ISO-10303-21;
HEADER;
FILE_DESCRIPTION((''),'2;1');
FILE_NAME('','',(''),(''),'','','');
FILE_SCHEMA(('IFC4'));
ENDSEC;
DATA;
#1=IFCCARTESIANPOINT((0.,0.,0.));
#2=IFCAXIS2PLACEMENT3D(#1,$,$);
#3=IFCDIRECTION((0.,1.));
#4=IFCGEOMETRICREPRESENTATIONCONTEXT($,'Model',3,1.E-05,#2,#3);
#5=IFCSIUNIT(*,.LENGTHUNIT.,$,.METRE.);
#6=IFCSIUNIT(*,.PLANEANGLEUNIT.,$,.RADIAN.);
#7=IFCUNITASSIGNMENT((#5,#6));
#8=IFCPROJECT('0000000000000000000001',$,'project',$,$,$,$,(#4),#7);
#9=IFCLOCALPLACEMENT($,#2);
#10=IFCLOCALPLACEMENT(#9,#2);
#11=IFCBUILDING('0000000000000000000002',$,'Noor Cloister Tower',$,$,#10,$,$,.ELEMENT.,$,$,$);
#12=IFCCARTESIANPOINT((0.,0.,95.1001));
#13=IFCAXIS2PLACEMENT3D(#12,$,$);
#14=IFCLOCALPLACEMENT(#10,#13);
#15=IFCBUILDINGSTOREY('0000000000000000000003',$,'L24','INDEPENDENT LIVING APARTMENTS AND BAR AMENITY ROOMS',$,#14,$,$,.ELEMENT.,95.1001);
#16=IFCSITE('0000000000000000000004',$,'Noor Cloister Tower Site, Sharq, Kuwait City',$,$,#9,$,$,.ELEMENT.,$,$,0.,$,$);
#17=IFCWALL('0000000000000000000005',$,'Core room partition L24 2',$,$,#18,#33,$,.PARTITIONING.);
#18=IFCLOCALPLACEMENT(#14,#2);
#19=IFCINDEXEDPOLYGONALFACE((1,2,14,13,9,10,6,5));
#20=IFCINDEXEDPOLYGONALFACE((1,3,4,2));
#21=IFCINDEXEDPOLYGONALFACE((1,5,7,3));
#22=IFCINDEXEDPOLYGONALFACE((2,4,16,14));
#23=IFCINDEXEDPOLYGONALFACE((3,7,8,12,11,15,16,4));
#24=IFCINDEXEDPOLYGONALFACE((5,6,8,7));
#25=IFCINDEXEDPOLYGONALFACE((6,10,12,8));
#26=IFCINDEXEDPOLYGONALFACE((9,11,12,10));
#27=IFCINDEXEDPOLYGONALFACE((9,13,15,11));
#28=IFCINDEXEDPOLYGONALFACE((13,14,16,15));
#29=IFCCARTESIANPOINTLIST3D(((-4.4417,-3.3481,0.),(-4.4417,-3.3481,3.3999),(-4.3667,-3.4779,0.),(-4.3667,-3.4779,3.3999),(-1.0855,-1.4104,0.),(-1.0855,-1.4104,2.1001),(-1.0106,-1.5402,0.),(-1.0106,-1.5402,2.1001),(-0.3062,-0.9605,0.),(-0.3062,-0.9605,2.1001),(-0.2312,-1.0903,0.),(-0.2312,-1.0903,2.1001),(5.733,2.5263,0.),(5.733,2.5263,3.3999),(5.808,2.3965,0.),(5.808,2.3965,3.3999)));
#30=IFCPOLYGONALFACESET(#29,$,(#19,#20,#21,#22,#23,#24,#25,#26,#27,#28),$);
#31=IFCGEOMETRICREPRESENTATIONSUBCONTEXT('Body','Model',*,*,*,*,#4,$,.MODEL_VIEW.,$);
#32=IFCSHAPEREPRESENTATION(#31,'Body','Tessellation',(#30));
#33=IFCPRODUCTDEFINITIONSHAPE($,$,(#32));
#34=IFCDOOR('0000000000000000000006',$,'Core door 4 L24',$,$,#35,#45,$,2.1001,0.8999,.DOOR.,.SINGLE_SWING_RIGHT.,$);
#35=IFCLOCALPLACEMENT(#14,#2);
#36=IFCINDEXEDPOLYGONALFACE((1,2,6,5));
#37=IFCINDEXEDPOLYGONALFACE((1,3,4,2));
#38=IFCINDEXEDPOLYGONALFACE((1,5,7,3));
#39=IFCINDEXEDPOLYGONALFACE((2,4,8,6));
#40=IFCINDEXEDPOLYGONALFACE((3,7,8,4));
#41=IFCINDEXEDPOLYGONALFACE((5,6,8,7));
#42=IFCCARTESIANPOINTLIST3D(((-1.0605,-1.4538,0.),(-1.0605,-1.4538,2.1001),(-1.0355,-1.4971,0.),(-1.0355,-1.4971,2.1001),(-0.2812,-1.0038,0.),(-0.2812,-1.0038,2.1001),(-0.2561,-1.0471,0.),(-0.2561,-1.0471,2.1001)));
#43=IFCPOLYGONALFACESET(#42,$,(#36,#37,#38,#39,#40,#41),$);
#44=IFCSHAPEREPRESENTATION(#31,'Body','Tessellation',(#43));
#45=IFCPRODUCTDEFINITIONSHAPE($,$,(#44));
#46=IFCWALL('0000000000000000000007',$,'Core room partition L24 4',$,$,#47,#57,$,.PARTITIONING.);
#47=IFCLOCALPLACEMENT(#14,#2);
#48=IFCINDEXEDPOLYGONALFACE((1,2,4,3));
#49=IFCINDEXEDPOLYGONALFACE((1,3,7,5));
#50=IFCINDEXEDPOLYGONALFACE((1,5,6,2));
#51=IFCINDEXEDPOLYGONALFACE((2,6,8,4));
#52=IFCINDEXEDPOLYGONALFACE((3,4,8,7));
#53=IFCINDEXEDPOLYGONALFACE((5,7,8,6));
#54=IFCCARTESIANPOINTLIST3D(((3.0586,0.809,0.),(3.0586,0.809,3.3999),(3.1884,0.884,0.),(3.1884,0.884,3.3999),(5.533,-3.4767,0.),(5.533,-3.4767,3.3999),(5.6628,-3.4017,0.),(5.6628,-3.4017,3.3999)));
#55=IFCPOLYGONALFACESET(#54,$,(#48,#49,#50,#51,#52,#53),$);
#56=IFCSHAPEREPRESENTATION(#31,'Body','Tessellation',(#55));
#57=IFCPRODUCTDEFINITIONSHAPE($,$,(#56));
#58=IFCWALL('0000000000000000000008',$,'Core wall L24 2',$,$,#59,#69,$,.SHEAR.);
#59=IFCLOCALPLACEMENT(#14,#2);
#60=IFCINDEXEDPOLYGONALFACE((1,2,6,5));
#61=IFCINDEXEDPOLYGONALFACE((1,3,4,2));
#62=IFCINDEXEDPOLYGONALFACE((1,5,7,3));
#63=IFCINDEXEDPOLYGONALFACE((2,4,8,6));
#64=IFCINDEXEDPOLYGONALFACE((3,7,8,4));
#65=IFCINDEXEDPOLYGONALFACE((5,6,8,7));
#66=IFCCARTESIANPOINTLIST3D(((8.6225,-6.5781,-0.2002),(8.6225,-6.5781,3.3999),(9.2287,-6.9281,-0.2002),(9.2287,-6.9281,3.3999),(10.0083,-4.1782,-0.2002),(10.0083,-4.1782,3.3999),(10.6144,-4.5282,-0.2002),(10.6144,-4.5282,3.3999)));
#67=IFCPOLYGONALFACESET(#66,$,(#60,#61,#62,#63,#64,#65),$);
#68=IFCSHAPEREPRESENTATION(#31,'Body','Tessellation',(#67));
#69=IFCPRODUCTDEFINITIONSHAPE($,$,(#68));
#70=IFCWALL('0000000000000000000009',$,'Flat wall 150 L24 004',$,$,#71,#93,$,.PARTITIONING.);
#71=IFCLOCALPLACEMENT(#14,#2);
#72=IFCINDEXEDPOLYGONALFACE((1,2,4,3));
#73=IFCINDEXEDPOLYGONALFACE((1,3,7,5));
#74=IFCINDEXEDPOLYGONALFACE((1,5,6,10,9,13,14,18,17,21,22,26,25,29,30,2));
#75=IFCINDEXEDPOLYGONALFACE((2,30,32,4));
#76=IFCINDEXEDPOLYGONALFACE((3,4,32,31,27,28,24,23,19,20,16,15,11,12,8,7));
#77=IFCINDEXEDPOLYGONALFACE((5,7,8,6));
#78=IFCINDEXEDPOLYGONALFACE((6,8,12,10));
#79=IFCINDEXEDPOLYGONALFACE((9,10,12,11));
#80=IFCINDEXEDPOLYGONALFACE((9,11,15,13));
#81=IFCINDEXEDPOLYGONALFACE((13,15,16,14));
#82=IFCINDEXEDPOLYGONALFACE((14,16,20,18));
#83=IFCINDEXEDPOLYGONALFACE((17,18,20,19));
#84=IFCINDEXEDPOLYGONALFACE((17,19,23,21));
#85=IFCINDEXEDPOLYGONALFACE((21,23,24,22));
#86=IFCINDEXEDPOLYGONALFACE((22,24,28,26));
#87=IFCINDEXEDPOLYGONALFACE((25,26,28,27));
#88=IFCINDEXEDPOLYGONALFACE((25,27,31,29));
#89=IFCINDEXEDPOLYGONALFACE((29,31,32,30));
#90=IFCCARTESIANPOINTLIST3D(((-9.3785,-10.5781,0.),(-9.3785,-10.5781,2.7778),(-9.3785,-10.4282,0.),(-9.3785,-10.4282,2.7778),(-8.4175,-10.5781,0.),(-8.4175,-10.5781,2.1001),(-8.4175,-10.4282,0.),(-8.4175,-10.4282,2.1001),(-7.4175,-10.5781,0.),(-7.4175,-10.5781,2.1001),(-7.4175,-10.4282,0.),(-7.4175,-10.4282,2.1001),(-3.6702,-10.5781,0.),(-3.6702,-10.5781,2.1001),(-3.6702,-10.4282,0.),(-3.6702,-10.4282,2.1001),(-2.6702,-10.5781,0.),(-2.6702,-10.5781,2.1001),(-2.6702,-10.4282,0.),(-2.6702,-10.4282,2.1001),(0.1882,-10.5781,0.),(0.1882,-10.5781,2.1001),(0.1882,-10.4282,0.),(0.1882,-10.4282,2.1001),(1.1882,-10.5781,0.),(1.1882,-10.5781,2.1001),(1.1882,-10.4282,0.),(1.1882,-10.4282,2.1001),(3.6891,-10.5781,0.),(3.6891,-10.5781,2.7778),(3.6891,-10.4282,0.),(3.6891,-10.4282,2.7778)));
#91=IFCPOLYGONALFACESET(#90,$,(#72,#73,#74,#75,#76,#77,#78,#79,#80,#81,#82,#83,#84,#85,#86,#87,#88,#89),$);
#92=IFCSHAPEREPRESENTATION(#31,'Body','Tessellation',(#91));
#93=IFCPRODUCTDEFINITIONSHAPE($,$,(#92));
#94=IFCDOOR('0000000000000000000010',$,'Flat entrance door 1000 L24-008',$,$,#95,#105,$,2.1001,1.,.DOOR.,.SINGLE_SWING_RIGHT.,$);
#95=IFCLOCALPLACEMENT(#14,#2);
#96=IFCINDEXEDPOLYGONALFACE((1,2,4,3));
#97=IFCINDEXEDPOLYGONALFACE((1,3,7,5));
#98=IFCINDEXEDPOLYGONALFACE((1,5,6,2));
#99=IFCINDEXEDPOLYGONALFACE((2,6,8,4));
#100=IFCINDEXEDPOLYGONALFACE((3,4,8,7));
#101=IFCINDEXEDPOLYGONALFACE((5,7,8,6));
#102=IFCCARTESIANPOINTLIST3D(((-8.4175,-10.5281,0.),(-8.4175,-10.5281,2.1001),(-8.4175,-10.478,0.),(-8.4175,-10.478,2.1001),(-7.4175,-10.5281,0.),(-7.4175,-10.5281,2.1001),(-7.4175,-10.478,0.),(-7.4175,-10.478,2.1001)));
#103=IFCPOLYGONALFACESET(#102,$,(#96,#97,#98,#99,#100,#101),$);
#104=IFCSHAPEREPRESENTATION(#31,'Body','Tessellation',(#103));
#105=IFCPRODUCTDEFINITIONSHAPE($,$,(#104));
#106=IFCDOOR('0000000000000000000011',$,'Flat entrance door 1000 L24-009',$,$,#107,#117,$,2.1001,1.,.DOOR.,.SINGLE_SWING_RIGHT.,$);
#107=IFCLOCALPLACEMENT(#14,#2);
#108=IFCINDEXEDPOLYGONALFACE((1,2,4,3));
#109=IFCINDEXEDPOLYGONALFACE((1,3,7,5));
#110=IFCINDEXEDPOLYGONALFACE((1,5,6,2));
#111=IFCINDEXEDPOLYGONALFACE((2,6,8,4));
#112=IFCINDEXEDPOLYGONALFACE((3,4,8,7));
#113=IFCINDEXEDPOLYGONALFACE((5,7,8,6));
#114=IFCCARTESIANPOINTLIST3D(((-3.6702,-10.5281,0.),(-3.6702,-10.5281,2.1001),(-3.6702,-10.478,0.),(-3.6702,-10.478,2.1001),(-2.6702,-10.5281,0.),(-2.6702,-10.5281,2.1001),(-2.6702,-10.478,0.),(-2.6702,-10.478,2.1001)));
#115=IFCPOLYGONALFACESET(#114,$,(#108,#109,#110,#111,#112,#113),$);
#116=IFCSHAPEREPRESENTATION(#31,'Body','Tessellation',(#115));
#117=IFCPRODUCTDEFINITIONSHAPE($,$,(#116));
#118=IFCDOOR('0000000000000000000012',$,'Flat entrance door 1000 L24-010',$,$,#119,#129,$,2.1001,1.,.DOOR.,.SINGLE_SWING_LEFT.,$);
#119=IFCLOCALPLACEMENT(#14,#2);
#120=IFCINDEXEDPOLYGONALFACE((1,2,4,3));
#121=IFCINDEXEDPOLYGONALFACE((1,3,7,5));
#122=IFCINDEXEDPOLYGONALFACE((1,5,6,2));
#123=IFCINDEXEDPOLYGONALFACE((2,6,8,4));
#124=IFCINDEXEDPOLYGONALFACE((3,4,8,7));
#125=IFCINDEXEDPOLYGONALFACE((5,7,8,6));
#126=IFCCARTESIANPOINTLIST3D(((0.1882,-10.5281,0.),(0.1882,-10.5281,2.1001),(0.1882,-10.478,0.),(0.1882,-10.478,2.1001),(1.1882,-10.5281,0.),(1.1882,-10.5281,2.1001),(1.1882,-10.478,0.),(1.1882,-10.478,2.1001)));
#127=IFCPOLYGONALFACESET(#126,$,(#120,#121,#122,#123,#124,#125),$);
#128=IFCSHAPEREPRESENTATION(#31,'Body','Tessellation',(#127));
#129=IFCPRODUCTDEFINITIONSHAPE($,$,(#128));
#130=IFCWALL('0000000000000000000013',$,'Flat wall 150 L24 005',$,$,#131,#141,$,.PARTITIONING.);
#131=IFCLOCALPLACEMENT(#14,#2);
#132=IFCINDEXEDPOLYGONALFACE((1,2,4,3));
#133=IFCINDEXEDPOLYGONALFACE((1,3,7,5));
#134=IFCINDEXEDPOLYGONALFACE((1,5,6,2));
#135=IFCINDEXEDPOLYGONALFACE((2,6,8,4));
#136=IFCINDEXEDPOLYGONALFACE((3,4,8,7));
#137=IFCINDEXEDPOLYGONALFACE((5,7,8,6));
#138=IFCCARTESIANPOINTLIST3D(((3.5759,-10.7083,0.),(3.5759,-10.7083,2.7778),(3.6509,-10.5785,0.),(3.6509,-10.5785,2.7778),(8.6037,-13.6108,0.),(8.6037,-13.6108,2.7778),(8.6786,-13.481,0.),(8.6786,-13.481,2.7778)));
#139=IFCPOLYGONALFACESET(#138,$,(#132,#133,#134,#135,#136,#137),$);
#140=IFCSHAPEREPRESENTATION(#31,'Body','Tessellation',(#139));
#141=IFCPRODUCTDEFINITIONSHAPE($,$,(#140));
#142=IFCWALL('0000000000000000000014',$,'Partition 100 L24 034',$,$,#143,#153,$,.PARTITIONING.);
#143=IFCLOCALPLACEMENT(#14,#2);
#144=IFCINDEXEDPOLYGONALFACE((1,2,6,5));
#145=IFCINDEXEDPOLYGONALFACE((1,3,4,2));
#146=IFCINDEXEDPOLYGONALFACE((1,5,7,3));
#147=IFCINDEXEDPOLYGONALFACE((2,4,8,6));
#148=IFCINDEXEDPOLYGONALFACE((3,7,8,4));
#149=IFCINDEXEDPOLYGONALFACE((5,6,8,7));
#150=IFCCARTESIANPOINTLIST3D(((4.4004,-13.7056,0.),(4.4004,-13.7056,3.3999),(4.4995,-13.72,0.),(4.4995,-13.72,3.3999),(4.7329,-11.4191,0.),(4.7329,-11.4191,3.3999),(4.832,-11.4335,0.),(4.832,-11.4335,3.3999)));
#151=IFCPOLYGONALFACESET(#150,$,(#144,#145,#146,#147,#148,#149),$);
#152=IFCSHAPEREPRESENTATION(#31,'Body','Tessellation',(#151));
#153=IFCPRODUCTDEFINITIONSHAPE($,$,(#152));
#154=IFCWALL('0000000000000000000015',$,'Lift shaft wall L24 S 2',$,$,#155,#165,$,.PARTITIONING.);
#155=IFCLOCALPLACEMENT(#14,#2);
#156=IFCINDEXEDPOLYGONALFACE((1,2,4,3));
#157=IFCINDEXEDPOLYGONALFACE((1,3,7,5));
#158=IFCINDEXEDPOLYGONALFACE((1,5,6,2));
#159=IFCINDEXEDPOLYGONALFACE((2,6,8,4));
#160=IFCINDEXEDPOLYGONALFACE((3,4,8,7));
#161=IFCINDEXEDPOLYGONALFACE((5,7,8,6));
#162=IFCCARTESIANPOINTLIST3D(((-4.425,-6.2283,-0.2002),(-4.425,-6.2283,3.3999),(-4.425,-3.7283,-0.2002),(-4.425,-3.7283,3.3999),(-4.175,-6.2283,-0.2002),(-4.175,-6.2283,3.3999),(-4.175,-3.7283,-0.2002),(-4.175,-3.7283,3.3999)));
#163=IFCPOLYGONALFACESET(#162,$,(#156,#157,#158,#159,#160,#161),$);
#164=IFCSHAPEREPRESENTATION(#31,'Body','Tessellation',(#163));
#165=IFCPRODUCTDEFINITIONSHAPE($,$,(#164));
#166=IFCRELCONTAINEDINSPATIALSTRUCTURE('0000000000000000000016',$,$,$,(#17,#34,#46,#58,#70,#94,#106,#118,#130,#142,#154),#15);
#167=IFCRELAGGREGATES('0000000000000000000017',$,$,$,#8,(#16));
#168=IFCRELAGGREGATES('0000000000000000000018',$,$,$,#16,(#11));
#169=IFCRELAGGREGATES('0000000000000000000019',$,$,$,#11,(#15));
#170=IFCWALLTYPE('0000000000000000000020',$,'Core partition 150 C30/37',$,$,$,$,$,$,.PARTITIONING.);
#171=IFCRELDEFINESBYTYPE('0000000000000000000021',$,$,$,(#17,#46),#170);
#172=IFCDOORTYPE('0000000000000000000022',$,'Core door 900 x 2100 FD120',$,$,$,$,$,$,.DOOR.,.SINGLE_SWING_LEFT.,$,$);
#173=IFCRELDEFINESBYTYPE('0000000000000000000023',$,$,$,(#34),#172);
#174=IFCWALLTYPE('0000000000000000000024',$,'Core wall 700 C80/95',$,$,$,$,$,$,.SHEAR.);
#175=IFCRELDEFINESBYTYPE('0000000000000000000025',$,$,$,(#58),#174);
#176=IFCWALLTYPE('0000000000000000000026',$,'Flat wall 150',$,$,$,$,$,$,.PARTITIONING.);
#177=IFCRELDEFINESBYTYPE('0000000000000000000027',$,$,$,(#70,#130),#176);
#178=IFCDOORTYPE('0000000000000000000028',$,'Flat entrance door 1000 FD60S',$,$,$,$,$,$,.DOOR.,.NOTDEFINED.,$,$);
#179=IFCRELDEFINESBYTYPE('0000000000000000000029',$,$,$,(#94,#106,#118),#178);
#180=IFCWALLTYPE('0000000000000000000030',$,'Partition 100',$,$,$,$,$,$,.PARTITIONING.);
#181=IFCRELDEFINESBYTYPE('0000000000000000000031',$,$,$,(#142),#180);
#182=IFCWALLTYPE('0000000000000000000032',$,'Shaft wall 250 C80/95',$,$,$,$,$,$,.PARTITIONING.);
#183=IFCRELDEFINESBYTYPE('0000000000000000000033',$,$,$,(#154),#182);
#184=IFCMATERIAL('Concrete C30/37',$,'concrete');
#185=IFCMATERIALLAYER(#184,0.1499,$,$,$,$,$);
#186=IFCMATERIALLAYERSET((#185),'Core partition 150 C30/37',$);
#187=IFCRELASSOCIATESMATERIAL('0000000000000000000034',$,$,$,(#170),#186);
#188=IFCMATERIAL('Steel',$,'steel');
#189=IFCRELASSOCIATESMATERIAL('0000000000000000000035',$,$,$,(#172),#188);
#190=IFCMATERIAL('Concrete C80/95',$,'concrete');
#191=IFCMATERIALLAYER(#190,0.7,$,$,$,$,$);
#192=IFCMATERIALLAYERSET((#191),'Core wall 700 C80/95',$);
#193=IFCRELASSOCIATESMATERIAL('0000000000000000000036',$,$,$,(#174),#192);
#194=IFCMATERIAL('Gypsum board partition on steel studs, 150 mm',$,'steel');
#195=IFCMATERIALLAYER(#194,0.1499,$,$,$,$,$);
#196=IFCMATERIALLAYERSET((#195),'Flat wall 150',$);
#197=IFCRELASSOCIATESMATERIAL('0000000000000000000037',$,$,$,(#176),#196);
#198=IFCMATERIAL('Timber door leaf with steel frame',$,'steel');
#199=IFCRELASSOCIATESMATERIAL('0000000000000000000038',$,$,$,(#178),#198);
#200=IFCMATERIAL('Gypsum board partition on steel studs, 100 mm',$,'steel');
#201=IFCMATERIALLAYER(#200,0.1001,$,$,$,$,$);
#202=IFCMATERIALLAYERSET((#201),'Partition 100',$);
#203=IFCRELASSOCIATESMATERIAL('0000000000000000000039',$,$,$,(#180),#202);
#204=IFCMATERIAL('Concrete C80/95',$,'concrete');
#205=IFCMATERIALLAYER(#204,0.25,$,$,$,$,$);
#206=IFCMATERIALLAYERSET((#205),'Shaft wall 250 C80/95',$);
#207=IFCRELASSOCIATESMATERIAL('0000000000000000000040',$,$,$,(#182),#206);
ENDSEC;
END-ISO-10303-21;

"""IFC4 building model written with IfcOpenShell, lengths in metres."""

from ifc_helpers import new_model, si_unit, direction, frame, frame_2d, origin, place, context, subcontext, project, spatial, rectangle, extrude, material, layer, layer_set, type_object, element, fill, save


model = new_model("IFC4")

# Units and contexts
model_context = context("Model", 3, precision=1e-05, world=origin(), true_north=direction((0.0, 1.0)))
body_context = subcontext(model_context, "Body", "Model", "MODEL_VIEW")
ifc_project = project(units=[si_unit("LENGTHUNIT", "METRE"), si_unit("PLANEANGLEUNIT", "RADIAN")], contexts=[model_context])

# Site, building, storey
site_placement = place(None, origin())
site = spatial("IfcSite", under=ifc_project, at=site_placement, Name="Noor Cloister Tower Site, Sharq, Kuwait City", CompositionType="ELEMENT", RefElevation=0.0)
building_placement = place(site_placement, origin())
building = spatial("IfcBuilding", under=site, at=building_placement, Name="Noor Cloister Tower", CompositionType="ELEMENT")
storey_placement = place(building_placement, frame((0.0, 0.0, 95.1001)))
storey = spatial("IfcBuildingStorey", under=building, at=storey_placement, Name="L24", Description="INDEPENDENT LIVING APARTMENTS AND BAR AMENITY ROOMS", CompositionType="ELEMENT", Elevation=95.1001)

# Wall, opening, door
ifc_material_1 = material(Name="Concrete C30/37", Category="concrete")
ifc_layer_1 = layer(ifc_material_1, 0.1499)
ifc_layer_set_1 = layer_set([ifc_layer_1], Name="Core partition 150 C30/37")
wall_type_1 = type_object("IfcWallType", Name="Core partition 150 C30/37", PredefinedType="PARTITIONING", material=ifc_layer_set_1)
wall_1_placement = place(storey_placement, frame((-4.4043, -3.4131, 0.0), z_axis=(0.0, 0.0, 1.0), x_axis=(0.866022, 0.500005, 0.0)))
wall_1 = element("IfcWall", 1, at=wall_1_placement, inside=storey, type_object=wall_type_1, Name="Core room partition L24 2", PredefinedType="PARTITIONING", context=body_context, shape_type="SweptSolid", body=[
    extrude(rectangle(XDim=11.7488, YDim=0.1499, at=frame_2d((5.8745, 0.0))), origin(), (0.0, 0.0, 1.0), 3.3999),
])
opening_1_placement = place(wall_1_placement, frame((3.8755, 0.0, 0.0)))
opening_1 = element("IfcOpeningElement", 2, at=opening_1_placement, cuts=wall_1, PredefinedType="OPENING", context=body_context, shape_type="SweptSolid", body=[
    extrude(rectangle(XDim=0.8999, YDim=2.1001, at=frame_2d((0.45, 1.05))), frame((0.0, 0.085, 0.0), z_axis=(0.0, -1.0, 0.0), x_axis=(1.0, 0.0, 0.0)), (0.0, 0.0, 1.0), 0.1699),
])
ifc_material_2 = material(Name="Steel", Category="steel")
door_type_1 = type_object("IfcDoorType", Name="Core door 900 x 2100 FD120", OperationType="SINGLE_SWING_LEFT", PredefinedType="DOOR", material=ifc_material_2)
door_1_placement = place(opening_1_placement, origin())
door_1 = element("IfcDoor", 3, at=door_1_placement, inside=storey, type_object=door_type_1, Name="Core door 4 L24", OperationType="SINGLE_SWING_RIGHT", OverallHeight=2.1001, OverallWidth=0.8999, PredefinedType="DOOR", context=body_context, shape_type="SweptSolid", body=[
    extrude(rectangle(XDim=0.8999, YDim=2.1001, at=frame_2d((0.45, 1.05))), frame((0.0, 0.0249, 0.0), z_axis=(0.0, -1.0, 0.0), x_axis=(1.0, 0.0, 0.0)), (0.0, 0.0, 1.0), 0.05),
])
fill(opening_1, door_1)

# Walls
wall_2_placement = place(storey_placement, frame((5.5979, -3.4392, 0.0), z_axis=(0.0, 0.0, 1.0), x_axis=(-0.500007, 0.866021, 0.0)))
element("IfcWall", 4, at=wall_2_placement, inside=storey, type_object=wall_type_1, Name="Core room partition L24 4", PredefinedType="PARTITIONING", context=body_context, shape_type="SweptSolid", body=[
    extrude(rectangle(XDim=4.9487, YDim=0.1499, at=frame_2d((2.4744, 0.0))), origin(), (0.0, 0.0, 1.0), 3.3999),
])
ifc_material_3 = material(Name="Concrete C80/95", Category="concrete")
ifc_layer_2 = layer(ifc_material_3, 0.7)
ifc_layer_set_2 = layer_set([ifc_layer_2], Name="Core wall 700 C80/95")
wall_type_2 = type_object("IfcWallType", Name="Core wall 700 C80/95", PredefinedType="SHEAR", material=ifc_layer_set_2)
wall_3_placement = place(storey_placement, frame((8.9255, -6.7532, -0.2002), z_axis=(0.0, 0.0, 1.0), x_axis=(0.500043, 0.866001, 0.0)))
element("IfcWall", 5, at=wall_3_placement, inside=storey, type_object=wall_type_2, Name="Core wall L24 2", PredefinedType="SHEAR", context=body_context, shape_type="SweptSolid", body=[
    extrude(rectangle(XDim=2.7712, YDim=0.7, at=frame_2d((1.3857, 0.0))), origin(), (0.0, 0.0, 1.0), 3.6001),
])

# Wall, openings, doors
ifc_material_4 = material(Name="Gypsum board partition on steel studs, 150 mm", Category="steel")
ifc_layer_3 = layer(ifc_material_4, 0.1499)
ifc_layer_set_3 = layer_set([ifc_layer_3], Name="Flat wall 150")
wall_type_3 = type_object("IfcWallType", Name="Flat wall 150", PredefinedType="PARTITIONING", material=ifc_layer_set_3)
wall_4_placement = place(storey_placement, frame((3.689, -10.5032, 0.0), z_axis=(0.0, 0.0, 1.0), x_axis=(-1.0, 0.0, 0.0)))
wall_4 = element("IfcWall", 6, at=wall_4_placement, inside=storey, type_object=wall_type_3, Name="Flat wall 150 L24 004", PredefinedType="PARTITIONING", context=body_context, shape_type="SweptSolid", body=[
    extrude(rectangle(XDim=13.0676, YDim=0.1499, at=frame_2d((6.5337, 0.0))), origin(), (0.0, 0.0, 1.0), 2.7778),
])
opening_2_placement = place(wall_4_placement, frame((11.1064, 0.0, 0.0)))
opening_2 = element("IfcOpeningElement", 7, at=opening_2_placement, cuts=wall_4, PredefinedType="OPENING", context=body_context, shape_type="SweptSolid", body=[
    extrude(rectangle(XDim=1.0, YDim=2.1001, at=frame_2d((0.5, 1.05))), frame((0.0, 0.085, 0.0), z_axis=(0.0, -1.0, 0.0), x_axis=(1.0, 0.0, 0.0)), (0.0, 0.0, 1.0), 0.1699),
])
opening_3_placement = place(wall_4_placement, frame((6.3591, 0.0, 0.0)))
opening_3 = element("IfcOpeningElement", 8, at=opening_3_placement, cuts=wall_4, PredefinedType="OPENING", context=body_context, shape_type="SweptSolid", body=[
    extrude(rectangle(XDim=1.0, YDim=2.1001, at=frame_2d((0.5, 1.05))), frame((0.0, 0.085, 0.0), z_axis=(0.0, -1.0, 0.0), x_axis=(1.0, 0.0, 0.0)), (0.0, 0.0, 1.0), 0.1699),
])
opening_4_placement = place(wall_4_placement, frame((2.5007, 0.0, 0.0)))
opening_4 = element("IfcOpeningElement", 9, at=opening_4_placement, cuts=wall_4, PredefinedType="OPENING", context=body_context, shape_type="SweptSolid", body=[
    extrude(rectangle(XDim=1.0, YDim=2.1001, at=frame_2d((0.5, 1.05))), frame((0.0, 0.085, 0.0), z_axis=(0.0, -1.0, 0.0), x_axis=(1.0, 0.0, 0.0)), (0.0, 0.0, 1.0), 0.1699),
])
ifc_material_5 = material(Name="Timber door leaf with steel frame", Category="steel")
door_type_2 = type_object("IfcDoorType", Name="Flat entrance door 1000 FD60S", OperationType="NOTDEFINED", PredefinedType="DOOR", material=ifc_material_5)
door_2_placement = place(opening_2_placement, origin())
door_2 = element("IfcDoor", 10, at=door_2_placement, inside=storey, type_object=door_type_2, Name="Flat entrance door 1000 L24-008", OperationType="SINGLE_SWING_RIGHT", OverallHeight=2.1001, OverallWidth=1.0, PredefinedType="DOOR", context=body_context, shape_type="SweptSolid", body=[
    extrude(rectangle(XDim=1.0, YDim=2.1001, at=frame_2d((0.5, 1.05))), frame((0.0, 0.0249, 0.0), z_axis=(0.0, -1.0, 0.0), x_axis=(1.0, 0.0, 0.0)), (0.0, 0.0, 1.0), 0.05),
])
fill(opening_2, door_2)
door_3_placement = place(opening_3_placement, origin())
door_3 = element("IfcDoor", 11, at=door_3_placement, inside=storey, type_object=door_type_2, Name="Flat entrance door 1000 L24-009", OperationType="SINGLE_SWING_RIGHT", OverallHeight=2.1001, OverallWidth=1.0, PredefinedType="DOOR", context=body_context, shape_type="SweptSolid", body=[
    extrude(rectangle(XDim=1.0, YDim=2.1001, at=frame_2d((0.5, 1.05))), frame((0.0, 0.0249, 0.0), z_axis=(0.0, -1.0, 0.0), x_axis=(1.0, 0.0, 0.0)), (0.0, 0.0, 1.0), 0.05),
])
fill(opening_3, door_3)
door_4_placement = place(opening_4_placement, origin())
door_4 = element("IfcDoor", 12, at=door_4_placement, inside=storey, type_object=door_type_2, Name="Flat entrance door 1000 L24-010", OperationType="SINGLE_SWING_LEFT", OverallHeight=2.1001, OverallWidth=1.0, PredefinedType="DOOR", context=body_context, shape_type="SweptSolid", body=[
    extrude(rectangle(XDim=1.0, YDim=2.1001, at=frame_2d((0.5, 1.05))), frame((0.0, 0.0249, 0.0), z_axis=(0.0, -1.0, 0.0), x_axis=(1.0, 0.0, 0.0)), (0.0, 0.0, 1.0), 0.05),
])
fill(opening_4, door_4)

# Walls
wall_5_placement = place(storey_placement, frame((3.6133, -10.6433, 0.0), z_axis=(0.0, 0.0, 1.0), x_axis=(0.866043, -0.49997, 0.0)))
element("IfcWall", 13, at=wall_5_placement, inside=storey, type_object=wall_type_3, Name="Flat wall 150 L24 005", PredefinedType="PARTITIONING", context=body_context, shape_type="SweptSolid", body=[
    extrude(rectangle(XDim=5.8054, YDim=0.1499, at=frame_2d((2.9028, 0.0))), origin(), (0.0, 0.0, 1.0), 2.7778),
])
ifc_material_6 = material(Name="Gypsum board partition on steel studs, 100 mm", Category="steel")
ifc_layer_4 = layer(ifc_material_6, 0.1001)
ifc_layer_set_4 = layer_set([ifc_layer_4], Name="Partition 100")
wall_type_4 = type_object("IfcWallType", Name="Partition 100", PredefinedType="PARTITIONING", material=ifc_layer_set_4)
wall_6_placement = place(storey_placement, frame((4.7825, -11.4263, 0.0), z_axis=(0.0, 0.0, 1.0), x_axis=(-0.143921, -0.989589, 0.0)))
element("IfcWall", 14, at=wall_6_placement, inside=storey, type_object=wall_type_4, Name="Partition 100 L24 034", PredefinedType="PARTITIONING", context=body_context, shape_type="SweptSolid", body=[
    extrude(rectangle(XDim=2.3105, YDim=0.1001, at=frame_2d((1.1553, 0.0))), origin(), (0.0, 0.0, 1.0), 3.3999),
])
ifc_material_7 = material(Name="Concrete C80/95", Category="concrete")
ifc_layer_5 = layer(ifc_material_7, 0.25)
ifc_layer_set_5 = layer_set([ifc_layer_5], Name="Shaft wall 250 C80/95")
wall_type_5 = type_object("IfcWallType", Name="Shaft wall 250 C80/95", PredefinedType="PARTITIONING", material=ifc_layer_set_5)
for number, where, z_axis, x_axis, name in (
    (15, (-4.3, -6.2283, -0.2002), (0.0, 0.0, 1.0), (0.0, 1.0, 0.0), "Lift shaft wall L24 S 2"),
):
    element("IfcWall", number, at=place(storey_placement, frame(where, z_axis=z_axis, x_axis=x_axis)), inside=storey, type_object=wall_type_5, Name=name, PredefinedType="PARTITIONING", context=body_context, shape_type="SweptSolid", body=[
        extrude(rectangle(XDim=2.5, YDim=0.25, at=frame_2d((1.25, 0.0))), origin(), (0.0, 0.0, 1.0), 3.6001),
    ])

save(model, "model.ifc")
